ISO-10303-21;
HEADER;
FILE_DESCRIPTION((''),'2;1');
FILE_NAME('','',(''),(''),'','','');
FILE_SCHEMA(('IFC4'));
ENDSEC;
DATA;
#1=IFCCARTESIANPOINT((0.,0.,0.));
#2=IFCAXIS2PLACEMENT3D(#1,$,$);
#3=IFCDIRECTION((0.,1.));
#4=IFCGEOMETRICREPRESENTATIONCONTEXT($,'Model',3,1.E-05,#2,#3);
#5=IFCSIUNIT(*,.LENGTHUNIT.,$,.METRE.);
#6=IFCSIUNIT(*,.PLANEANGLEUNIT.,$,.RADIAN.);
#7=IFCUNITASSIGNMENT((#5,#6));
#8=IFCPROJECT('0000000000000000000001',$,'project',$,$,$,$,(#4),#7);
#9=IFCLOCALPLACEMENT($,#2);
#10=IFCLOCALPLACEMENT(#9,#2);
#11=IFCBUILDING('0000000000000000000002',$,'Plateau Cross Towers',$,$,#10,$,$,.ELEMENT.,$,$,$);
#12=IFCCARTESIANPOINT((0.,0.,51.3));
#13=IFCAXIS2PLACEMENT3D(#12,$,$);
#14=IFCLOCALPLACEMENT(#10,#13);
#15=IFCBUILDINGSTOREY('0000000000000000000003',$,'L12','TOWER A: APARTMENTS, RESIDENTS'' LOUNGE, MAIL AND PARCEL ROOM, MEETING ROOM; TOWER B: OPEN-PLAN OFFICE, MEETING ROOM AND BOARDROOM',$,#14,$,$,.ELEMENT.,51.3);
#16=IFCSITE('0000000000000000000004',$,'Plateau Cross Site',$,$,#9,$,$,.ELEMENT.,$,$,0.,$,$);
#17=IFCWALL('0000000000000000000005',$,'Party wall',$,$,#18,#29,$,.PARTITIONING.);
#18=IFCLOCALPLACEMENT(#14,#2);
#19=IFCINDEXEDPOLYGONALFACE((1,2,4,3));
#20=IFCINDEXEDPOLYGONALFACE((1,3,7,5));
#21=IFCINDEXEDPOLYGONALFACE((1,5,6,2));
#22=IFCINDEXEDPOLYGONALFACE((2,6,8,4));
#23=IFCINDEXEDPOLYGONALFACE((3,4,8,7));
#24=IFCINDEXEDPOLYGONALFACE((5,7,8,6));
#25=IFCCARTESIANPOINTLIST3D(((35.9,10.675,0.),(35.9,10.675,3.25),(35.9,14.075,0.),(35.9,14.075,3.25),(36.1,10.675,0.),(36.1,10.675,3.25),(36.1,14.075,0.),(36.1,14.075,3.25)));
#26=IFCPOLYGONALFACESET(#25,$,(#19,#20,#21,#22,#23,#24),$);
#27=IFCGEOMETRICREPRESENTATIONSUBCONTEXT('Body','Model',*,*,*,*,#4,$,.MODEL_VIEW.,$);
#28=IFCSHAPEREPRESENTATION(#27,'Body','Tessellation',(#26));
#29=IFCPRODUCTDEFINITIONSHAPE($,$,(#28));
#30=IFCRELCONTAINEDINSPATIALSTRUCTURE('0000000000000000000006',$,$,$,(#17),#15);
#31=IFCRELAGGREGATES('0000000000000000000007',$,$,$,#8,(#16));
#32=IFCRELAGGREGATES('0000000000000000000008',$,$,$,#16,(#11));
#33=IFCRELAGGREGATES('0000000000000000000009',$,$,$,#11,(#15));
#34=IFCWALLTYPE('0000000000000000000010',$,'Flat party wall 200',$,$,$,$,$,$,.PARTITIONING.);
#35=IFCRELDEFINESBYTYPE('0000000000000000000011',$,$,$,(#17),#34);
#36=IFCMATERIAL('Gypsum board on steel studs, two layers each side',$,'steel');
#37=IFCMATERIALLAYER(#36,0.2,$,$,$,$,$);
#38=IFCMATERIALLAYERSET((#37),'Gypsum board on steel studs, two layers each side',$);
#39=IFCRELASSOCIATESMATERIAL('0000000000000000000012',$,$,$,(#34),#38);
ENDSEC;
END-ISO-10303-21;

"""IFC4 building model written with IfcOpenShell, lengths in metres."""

from ifc_helpers import new_model, si_unit, direction, frame, frame_2d, origin, place, context, subcontext, project, spatial, rectangle, extrude, material, layer, layer_set, type_object, element, save


model = new_model("IFC4")

# Units and contexts
model_context = context("Model", 3, precision=1e-05, world=origin(), true_north=direction((0.0, 1.0)))
body_context = subcontext(model_context, "Body", "Model", "MODEL_VIEW")
ifc_project = project(units=[si_unit("LENGTHUNIT", "METRE"), si_unit("PLANEANGLEUNIT", "RADIAN")], contexts=[model_context])

# Site, building, storey
site_placement = place(None, origin())
site = spatial("IfcSite", under=ifc_project, at=site_placement, Name="Plateau Cross Site", CompositionType="ELEMENT", RefElevation=0.0)
building_placement = place(site_placement, origin())
building = spatial("IfcBuilding", under=site, at=building_placement, Name="Plateau Cross Towers", CompositionType="ELEMENT")
storey_placement = place(building_placement, frame((0.0, 0.0, 51.3)))
storey = spatial("IfcBuildingStorey", under=building, at=storey_placement, Name="L12", Description="TOWER A: APARTMENTS, RESIDENTS' LOUNGE, MAIL AND PARCEL ROOM, MEETING ROOM; TOWER B: OPEN-PLAN OFFICE, MEETING ROOM AND BOARDROOM", CompositionType="ELEMENT", Elevation=51.3)

# Wall
ifc_material_1 = material(Name="Gypsum board on steel studs, two layers each side", Category="steel")
ifc_layer_1 = layer(ifc_material_1, 0.2)
ifc_layer_set_1 = layer_set([ifc_layer_1], Name="Gypsum board on steel studs, two layers each side")
wall_type_1 = type_object("IfcWallType", Name="Flat party wall 200", PredefinedType="PARTITIONING", material=ifc_layer_set_1)
wall_1_placement = place(storey_placement, frame((36.0, 10.675, 0.0), z_axis=(0.0, 0.0, 1.0), x_axis=(0.0, 1.0, 0.0)))
element("IfcWall", 1, at=wall_1_placement, inside=storey, type_object=wall_type_1, Name="Party wall", PredefinedType="PARTITIONING", context=body_context, shape_type="SweptSolid", body=[
    extrude(rectangle(XDim=3.3999, YDim=0.2, at=frame_2d((1.7, 0.0))), origin(), (0.0, 0.0, 1.0), 3.25),
])

save(model, "model.ifc")
